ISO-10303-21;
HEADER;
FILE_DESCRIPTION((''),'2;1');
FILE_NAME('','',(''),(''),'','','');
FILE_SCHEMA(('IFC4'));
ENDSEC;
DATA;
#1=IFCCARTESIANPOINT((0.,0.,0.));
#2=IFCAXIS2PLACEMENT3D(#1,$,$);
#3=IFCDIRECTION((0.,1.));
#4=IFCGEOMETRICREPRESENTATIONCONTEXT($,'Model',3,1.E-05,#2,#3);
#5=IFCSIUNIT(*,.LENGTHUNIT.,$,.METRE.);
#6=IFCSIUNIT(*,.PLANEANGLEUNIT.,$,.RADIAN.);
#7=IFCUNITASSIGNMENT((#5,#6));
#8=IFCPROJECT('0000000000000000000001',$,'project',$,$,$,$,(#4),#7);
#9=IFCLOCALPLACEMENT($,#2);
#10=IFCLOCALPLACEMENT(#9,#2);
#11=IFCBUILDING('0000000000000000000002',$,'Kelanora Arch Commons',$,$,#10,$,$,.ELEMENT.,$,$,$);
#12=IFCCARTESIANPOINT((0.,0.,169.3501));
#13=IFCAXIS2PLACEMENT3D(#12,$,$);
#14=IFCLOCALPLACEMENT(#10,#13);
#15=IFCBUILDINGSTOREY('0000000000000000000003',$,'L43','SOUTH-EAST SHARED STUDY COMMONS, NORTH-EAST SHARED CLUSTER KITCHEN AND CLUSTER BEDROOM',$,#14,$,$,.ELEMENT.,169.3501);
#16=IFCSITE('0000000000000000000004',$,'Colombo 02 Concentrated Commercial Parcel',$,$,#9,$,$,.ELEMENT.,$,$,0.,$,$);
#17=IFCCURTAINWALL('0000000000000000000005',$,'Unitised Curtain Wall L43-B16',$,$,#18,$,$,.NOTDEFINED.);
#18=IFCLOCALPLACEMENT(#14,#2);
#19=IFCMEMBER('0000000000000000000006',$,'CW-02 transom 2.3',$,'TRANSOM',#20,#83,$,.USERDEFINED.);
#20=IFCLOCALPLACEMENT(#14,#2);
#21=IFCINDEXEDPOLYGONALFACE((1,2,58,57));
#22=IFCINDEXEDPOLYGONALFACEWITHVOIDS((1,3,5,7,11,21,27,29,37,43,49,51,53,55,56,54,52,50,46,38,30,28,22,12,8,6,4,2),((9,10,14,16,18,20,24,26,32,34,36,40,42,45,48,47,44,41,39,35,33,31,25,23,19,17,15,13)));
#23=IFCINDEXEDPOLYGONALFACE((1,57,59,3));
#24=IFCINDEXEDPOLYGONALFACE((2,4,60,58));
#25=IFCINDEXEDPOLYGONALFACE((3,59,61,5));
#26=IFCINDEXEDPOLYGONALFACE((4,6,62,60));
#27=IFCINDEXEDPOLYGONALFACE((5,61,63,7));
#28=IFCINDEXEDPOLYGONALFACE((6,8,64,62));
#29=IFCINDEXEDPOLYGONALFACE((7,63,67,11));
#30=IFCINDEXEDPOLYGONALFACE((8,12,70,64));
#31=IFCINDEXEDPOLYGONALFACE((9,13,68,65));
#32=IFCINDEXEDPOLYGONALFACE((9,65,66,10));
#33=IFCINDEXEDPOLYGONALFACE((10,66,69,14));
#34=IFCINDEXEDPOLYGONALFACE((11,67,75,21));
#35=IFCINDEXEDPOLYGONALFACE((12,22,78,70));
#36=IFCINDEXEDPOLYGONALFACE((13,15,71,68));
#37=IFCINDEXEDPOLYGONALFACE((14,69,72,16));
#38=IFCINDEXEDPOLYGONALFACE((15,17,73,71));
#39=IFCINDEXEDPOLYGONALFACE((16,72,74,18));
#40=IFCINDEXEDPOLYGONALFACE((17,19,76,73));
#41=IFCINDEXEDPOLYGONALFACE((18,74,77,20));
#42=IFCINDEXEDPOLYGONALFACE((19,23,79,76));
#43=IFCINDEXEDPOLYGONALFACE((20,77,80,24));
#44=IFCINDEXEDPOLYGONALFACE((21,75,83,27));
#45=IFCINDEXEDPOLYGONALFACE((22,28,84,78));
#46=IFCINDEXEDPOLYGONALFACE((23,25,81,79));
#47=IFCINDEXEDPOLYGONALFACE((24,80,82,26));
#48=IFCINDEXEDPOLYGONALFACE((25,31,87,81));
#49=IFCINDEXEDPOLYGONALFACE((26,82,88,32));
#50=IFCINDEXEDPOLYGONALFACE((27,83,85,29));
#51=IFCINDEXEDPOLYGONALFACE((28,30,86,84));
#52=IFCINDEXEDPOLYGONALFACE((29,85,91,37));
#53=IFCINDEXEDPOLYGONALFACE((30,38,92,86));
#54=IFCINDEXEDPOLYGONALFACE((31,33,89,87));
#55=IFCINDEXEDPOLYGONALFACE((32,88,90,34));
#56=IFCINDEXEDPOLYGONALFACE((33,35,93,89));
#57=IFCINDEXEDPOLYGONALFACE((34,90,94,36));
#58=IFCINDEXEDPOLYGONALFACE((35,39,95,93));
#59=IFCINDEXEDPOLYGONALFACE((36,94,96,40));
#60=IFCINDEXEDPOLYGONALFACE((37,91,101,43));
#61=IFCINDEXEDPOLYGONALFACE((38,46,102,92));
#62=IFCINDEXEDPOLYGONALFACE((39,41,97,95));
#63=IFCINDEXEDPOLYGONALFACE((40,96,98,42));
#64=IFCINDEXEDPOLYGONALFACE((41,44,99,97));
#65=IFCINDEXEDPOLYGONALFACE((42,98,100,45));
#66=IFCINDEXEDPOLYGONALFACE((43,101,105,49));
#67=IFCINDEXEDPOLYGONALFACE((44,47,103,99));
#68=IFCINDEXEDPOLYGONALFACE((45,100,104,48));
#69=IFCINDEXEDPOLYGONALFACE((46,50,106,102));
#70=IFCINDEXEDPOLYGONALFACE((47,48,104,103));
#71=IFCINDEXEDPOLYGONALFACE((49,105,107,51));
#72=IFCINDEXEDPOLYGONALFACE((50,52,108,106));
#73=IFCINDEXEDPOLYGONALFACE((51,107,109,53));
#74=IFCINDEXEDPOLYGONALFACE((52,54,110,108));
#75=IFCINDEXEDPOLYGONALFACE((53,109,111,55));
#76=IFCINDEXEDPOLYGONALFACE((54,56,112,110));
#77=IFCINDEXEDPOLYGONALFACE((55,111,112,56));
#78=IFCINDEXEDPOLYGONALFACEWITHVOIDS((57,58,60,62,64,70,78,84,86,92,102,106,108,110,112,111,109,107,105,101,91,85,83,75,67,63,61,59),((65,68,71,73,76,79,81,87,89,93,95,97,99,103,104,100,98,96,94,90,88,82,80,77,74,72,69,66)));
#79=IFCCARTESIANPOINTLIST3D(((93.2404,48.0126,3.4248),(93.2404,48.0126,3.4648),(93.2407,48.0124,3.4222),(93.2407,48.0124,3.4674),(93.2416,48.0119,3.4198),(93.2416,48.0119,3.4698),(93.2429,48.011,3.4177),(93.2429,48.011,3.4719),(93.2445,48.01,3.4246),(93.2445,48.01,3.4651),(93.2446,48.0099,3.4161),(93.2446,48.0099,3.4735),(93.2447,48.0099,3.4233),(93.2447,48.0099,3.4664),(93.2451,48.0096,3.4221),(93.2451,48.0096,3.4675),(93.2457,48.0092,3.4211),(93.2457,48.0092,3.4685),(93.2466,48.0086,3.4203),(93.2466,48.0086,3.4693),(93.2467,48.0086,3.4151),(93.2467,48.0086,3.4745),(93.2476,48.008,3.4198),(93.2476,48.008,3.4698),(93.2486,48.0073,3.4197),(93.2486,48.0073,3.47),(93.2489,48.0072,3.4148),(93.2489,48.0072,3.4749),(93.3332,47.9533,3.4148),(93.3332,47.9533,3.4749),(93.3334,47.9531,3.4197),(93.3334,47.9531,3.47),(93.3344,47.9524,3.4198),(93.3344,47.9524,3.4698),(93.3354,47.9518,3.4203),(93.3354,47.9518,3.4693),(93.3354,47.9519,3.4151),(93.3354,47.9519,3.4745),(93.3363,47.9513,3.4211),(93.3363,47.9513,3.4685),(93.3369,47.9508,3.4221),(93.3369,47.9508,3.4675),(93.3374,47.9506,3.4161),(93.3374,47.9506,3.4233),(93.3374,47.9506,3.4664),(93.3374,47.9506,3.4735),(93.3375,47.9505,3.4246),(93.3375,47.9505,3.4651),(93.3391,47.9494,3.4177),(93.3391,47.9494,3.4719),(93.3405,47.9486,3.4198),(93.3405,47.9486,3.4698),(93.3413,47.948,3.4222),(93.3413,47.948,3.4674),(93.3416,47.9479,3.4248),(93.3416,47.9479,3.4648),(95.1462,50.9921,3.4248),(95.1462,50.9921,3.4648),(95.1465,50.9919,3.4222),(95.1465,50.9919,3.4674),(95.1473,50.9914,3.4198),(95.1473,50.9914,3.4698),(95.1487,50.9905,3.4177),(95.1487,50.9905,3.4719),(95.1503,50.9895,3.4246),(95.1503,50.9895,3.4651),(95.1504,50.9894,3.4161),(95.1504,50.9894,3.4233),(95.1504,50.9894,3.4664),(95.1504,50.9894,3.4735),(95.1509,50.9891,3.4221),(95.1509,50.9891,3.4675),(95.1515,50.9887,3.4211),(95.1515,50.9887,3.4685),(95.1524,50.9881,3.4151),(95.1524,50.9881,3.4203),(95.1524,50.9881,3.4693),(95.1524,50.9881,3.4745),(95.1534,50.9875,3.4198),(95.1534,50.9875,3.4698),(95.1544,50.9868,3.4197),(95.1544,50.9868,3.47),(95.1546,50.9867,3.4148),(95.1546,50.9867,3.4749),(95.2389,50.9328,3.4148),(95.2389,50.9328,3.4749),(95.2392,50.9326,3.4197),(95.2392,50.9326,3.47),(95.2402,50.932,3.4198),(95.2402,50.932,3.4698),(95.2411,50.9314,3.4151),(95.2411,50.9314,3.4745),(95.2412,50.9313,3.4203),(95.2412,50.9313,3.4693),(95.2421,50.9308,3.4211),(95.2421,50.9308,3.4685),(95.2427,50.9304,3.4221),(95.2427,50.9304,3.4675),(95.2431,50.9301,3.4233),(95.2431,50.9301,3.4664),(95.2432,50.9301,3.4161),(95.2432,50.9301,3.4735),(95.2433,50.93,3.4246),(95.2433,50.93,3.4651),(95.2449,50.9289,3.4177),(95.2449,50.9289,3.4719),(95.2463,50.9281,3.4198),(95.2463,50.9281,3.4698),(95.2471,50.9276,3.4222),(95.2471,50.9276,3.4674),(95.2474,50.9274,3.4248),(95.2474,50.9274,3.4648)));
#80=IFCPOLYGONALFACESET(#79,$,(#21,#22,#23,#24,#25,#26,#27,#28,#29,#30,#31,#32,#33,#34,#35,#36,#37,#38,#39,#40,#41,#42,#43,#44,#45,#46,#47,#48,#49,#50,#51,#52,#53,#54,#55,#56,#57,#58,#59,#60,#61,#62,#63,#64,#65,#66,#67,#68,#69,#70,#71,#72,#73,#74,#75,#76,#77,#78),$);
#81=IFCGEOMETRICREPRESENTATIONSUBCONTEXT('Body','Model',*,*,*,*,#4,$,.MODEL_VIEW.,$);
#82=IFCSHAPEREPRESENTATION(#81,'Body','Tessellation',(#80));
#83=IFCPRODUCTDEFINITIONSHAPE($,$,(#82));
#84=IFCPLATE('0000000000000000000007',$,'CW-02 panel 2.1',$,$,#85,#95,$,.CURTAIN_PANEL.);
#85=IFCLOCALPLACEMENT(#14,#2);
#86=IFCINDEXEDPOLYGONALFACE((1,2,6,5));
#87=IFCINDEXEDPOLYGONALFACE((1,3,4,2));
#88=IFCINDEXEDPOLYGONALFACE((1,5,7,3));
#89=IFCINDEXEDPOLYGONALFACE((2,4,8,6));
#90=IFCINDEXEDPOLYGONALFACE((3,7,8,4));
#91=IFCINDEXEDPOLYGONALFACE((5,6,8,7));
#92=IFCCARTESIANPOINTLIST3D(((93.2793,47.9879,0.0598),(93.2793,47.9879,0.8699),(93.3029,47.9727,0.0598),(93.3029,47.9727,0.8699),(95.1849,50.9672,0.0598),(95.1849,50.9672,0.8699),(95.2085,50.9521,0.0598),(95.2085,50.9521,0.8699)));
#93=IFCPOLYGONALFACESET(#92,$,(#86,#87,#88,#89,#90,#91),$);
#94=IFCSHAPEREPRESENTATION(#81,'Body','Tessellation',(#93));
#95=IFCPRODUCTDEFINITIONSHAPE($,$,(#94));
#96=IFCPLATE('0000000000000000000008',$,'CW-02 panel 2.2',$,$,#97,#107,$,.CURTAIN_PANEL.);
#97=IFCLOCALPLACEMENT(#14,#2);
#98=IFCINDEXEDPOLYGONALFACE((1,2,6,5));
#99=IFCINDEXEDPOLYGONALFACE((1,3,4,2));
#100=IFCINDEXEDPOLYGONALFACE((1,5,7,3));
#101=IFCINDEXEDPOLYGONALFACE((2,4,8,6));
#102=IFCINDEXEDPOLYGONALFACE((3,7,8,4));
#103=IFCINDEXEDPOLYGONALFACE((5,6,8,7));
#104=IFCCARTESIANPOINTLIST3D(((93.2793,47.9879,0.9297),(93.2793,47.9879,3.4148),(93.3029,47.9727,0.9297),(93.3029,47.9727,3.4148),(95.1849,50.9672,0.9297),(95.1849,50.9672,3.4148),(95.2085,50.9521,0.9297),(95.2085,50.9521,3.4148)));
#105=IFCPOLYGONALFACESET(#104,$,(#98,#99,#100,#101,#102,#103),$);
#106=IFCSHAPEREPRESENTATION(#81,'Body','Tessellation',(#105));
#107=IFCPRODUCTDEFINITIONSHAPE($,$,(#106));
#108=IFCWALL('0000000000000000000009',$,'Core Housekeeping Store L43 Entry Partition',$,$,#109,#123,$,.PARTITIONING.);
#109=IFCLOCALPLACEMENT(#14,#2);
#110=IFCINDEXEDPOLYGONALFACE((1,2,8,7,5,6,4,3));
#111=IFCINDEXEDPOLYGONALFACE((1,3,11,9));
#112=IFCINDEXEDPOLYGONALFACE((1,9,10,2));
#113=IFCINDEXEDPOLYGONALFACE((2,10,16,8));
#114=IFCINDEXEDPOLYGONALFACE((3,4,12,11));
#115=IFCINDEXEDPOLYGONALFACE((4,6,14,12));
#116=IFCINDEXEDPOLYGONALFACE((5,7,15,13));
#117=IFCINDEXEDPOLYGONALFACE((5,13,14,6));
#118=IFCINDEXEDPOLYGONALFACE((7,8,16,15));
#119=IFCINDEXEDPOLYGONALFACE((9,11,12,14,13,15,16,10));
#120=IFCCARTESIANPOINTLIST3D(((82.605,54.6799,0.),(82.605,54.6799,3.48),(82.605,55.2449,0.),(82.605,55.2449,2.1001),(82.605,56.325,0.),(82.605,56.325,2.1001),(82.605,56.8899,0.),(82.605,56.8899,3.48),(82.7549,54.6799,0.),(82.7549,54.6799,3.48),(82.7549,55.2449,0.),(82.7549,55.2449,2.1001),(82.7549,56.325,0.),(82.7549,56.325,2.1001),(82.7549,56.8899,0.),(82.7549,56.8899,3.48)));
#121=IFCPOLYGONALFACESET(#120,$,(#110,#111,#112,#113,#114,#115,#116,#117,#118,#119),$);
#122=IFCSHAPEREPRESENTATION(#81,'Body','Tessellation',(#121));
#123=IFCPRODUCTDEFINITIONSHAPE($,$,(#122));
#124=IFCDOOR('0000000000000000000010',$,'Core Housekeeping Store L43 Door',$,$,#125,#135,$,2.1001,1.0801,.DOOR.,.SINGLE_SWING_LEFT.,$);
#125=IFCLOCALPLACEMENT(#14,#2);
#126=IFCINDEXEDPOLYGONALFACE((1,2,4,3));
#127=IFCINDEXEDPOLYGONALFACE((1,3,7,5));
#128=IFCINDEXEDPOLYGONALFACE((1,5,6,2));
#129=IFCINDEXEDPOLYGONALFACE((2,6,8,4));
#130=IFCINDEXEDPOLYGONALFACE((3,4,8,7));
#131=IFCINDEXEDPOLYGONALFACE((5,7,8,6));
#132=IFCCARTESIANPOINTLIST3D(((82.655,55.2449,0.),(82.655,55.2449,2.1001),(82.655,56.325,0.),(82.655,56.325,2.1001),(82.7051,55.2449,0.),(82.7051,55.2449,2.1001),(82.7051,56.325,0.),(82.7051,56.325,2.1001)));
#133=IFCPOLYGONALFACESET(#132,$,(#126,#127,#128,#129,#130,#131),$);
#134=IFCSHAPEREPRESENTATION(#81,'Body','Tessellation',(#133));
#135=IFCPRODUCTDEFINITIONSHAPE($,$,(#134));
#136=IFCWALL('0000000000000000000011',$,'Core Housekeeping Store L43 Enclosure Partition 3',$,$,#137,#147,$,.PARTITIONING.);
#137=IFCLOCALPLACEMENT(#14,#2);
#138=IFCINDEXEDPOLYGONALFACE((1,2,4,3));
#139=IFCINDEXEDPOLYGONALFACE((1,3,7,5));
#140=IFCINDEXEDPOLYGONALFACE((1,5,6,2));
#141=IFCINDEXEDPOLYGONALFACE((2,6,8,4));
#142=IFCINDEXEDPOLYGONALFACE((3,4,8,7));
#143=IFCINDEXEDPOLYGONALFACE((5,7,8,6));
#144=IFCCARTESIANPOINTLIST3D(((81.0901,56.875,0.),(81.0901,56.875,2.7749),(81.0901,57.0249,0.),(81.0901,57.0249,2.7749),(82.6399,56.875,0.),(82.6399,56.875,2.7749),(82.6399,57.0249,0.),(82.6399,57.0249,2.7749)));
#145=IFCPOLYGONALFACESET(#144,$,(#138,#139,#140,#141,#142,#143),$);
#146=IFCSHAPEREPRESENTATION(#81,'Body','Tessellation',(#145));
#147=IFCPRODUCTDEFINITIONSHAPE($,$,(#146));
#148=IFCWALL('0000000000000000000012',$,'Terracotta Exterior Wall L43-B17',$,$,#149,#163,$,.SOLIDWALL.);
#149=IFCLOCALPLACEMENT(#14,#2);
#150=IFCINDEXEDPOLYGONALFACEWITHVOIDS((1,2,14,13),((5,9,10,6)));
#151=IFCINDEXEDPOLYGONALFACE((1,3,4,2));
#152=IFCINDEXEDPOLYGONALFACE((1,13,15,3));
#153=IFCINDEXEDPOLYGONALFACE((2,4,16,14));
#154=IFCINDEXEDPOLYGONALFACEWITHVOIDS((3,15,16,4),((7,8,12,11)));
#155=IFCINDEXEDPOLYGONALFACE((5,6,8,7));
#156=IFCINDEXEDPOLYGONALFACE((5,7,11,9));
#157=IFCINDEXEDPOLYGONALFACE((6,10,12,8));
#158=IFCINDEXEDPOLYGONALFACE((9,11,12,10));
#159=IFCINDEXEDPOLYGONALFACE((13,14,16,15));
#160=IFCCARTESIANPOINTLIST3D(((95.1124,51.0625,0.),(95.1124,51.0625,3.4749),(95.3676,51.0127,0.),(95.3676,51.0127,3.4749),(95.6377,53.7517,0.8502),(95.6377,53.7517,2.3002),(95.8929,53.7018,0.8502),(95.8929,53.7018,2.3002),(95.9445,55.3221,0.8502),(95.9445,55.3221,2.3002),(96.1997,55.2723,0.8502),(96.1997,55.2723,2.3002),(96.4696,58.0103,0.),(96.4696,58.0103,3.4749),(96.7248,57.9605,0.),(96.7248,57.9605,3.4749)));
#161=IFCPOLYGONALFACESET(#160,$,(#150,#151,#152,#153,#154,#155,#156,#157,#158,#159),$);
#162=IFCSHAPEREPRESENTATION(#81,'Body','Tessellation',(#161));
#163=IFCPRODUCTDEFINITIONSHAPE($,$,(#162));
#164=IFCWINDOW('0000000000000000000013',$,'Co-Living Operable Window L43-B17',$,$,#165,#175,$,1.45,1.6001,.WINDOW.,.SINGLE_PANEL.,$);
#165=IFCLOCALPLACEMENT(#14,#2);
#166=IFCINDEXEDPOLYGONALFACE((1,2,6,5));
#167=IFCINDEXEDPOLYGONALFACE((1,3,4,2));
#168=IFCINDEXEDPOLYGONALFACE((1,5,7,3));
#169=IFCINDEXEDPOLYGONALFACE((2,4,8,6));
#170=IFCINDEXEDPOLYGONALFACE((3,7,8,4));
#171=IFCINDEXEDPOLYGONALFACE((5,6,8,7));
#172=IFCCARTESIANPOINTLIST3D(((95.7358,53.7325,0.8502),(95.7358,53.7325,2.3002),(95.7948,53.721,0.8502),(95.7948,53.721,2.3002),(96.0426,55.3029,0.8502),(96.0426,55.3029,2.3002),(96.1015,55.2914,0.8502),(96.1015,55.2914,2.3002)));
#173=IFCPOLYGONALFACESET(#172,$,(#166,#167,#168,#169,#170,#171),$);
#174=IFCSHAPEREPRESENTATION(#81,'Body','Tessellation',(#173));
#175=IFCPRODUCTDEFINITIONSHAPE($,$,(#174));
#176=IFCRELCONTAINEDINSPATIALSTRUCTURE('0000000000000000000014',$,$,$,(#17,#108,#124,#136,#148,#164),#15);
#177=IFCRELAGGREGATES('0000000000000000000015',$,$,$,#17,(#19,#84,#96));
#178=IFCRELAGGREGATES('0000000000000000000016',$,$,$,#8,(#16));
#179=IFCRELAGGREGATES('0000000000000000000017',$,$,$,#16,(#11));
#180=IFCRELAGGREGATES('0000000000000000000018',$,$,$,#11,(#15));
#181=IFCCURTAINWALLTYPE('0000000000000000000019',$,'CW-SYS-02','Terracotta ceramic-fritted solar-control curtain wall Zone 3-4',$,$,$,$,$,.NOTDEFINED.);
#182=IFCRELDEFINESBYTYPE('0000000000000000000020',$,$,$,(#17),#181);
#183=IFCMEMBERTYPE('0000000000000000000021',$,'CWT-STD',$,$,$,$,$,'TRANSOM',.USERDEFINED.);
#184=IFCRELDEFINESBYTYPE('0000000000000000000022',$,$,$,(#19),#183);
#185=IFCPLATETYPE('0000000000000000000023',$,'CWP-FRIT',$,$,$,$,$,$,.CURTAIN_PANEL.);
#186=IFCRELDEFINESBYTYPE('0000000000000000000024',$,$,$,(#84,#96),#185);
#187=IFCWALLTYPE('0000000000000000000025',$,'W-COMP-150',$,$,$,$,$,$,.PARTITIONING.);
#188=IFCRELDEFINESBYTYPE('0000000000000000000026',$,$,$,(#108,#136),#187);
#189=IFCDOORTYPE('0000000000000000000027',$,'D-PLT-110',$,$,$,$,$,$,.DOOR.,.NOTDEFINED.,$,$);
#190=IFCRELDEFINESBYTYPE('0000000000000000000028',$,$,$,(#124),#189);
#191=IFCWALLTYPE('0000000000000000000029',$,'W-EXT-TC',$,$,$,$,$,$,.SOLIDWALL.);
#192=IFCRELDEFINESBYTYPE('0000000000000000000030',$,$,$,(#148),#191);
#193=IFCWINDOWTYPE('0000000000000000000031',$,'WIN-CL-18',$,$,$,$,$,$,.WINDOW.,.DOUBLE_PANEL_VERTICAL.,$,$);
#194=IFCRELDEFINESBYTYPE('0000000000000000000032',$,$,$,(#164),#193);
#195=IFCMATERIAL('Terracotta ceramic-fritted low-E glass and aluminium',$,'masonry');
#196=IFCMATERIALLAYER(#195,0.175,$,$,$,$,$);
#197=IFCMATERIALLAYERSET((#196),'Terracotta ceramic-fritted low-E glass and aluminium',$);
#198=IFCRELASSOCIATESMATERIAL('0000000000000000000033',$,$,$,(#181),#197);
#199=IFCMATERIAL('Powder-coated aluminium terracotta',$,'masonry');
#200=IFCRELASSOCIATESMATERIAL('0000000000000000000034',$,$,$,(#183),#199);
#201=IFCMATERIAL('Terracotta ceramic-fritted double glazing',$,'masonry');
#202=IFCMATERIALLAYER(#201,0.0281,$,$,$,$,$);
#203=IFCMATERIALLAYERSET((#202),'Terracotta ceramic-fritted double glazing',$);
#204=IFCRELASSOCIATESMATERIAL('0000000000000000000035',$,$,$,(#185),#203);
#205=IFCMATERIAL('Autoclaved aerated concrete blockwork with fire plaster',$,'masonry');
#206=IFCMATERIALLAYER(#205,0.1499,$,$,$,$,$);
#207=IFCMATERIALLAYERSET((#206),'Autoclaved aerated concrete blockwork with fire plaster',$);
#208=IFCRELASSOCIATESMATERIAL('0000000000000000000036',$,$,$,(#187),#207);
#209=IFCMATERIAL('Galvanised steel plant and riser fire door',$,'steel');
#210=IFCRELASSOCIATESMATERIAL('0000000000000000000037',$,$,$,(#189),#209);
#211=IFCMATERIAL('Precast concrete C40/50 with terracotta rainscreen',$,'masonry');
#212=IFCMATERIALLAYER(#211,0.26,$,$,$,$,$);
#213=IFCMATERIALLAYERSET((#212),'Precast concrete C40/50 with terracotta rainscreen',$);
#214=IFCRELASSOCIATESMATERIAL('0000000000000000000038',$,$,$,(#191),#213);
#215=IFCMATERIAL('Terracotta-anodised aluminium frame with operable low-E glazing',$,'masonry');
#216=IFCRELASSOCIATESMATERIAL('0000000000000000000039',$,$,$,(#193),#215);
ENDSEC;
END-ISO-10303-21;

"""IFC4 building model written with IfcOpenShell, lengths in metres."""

from ifc_helpers import new_model, si_unit, direction, frame, frame_2d, origin, origin_2d, place, context, subcontext, project, spatial, rectangle, hollow_rectangle, extrude, source, transform, mapped, material, layer, layer_set, material_profile, profile_set, type_object, element, fill, aggregate, save


model = new_model("IFC4")

# Units and contexts
model_context = context("Model", 3, precision=1e-05, world=origin(), true_north=direction((0.0, 1.0)))
body_context = subcontext(model_context, "Body", "Model", "MODEL_VIEW")
ifc_project = project(units=[si_unit("LENGTHUNIT", "METRE"), si_unit("PLANEANGLEUNIT", "RADIAN")], contexts=[model_context])

# Site, building, storey
site_placement = place(None, origin())
site = spatial("IfcSite", under=ifc_project, at=site_placement, Name="Colombo 02 Concentrated Commercial Parcel", CompositionType="ELEMENT", RefElevation=0.0)
building_placement = place(site_placement, origin())
building = spatial("IfcBuilding", under=site, at=building_placement, Name="Kelanora Arch Commons", CompositionType="ELEMENT")
storey_placement = place(building_placement, frame((0.0, 0.0, 169.3501)))
storey = spatial("IfcBuildingStorey", under=building, at=storey_placement, Name="L43", Description="SOUTH-EAST SHARED STUDY COMMONS, NORTH-EAST SHARED CLUSTER KITCHEN AND CLUSTER BEDROOM", CompositionType="ELEMENT", Elevation=169.3501)

# Curtain wall, member, plates
ifc_material_1 = material(Name="Terracotta ceramic-fritted low-E glass and aluminium", Category="masonry")
ifc_layer_1 = layer(ifc_material_1, 0.175)
ifc_layer_set_1 = layer_set([ifc_layer_1], Name="Terracotta ceramic-fritted low-E glass and aluminium")
curtain_wall_type = type_object("IfcCurtainWallType", Name="CW-SYS-02", Description="Terracotta ceramic-fritted solar-control curtain wall Zone 3-4", PredefinedType="NOTDEFINED", material=ifc_layer_set_1)
curtain_wall_placement = place(storey_placement, origin())
curtain_wall = element("IfcCurtainWall", 1, at=curtain_wall_placement, inside=storey, type_object=curtain_wall_type, Name="Unitised Curtain Wall L43-B16", PredefinedType="NOTDEFINED")
ifc_material_2 = material(Name="Powder-coated aluminium terracotta", Category="masonry")
ifc_material_profile_1 = material_profile(ifc_material_2, hollow_rectangle(XDim=0.1201, YDim=0.0601, WallThickness=0.0049, InnerFilletRadius=0.0049, OuterFilletRadius=0.01, at=origin_2d()), Name="CWT120x60")
ifc_profile_set_1 = profile_set([ifc_material_profile_1], Name="Powder-coated aluminium terracotta")
member_type_1 = type_object("IfcMemberType", Name="CWT-STD", ElementType="TRANSOM", PredefinedType="USERDEFINED", material=ifc_profile_set_1)
member_1_placement = place(storey_placement, frame((93.291, 47.9802, 3.4448), z_axis=(0.53883, 0.842414, 0.0), x_axis=(-0.842414, 0.53883, 0.0)))
member_1 = element("IfcMember", 2, at=member_1_placement, type_object=member_type_1, Name="CW-02 transom 2.3", ObjectType="TRANSOM", PredefinedType="USERDEFINED", context=body_context, shape_type="SweptSolid", body=[
    extrude(hollow_rectangle(XDim=0.1201, YDim=0.0601, WallThickness=0.0049, InnerFilletRadius=0.0049, OuterFilletRadius=0.01, at=origin_2d()), origin(), (0.0, 0.0, 1.0), 3.5369),
])
ifc_material_3 = material(Name="Terracotta ceramic-fritted double glazing", Category="masonry")
ifc_layer_2 = layer(ifc_material_3, 0.0281)
ifc_layer_set_2 = layer_set([ifc_layer_2], Name="Terracotta ceramic-fritted double glazing")
plate_type = type_object("IfcPlateType", Name="CWP-FRIT", PredefinedType="CURTAIN_PANEL", material=ifc_layer_set_2)
shared_shape_1 = source(origin(), body_context, "Body", "SweptSolid", [
    extrude(rectangle(XDim=3.5366, YDim=0.0281, at=origin_2d()), origin(), (0.0, 0.0, 1.0), 0.8101),
])
plate_1_placement = place(storey_placement, frame((94.2439, 49.47, 0.0598), z_axis=(0.0, 0.0, 1.0), x_axis=(0.538817, 0.842423, 0.0)))
plate_1 = element("IfcPlate", 3, at=plate_1_placement, type_object=plate_type, Name="CW-02 panel 2.1", PredefinedType="CURTAIN_PANEL", context=body_context, shape_type="MappedRepresentation", body=[
    mapped(shared_shape_1, transform((0.0, 0.0, 0.0), scale=1.0)),
])
shared_shape_2 = source(origin(), body_context, "Body", "SweptSolid", [
    extrude(rectangle(XDim=3.5366, YDim=0.0281, at=origin_2d()), origin(), (0.0, 0.0, 1.0), 2.4851),
])
plate_2_placement = place(storey_placement, frame((94.2439, 49.47, 0.9297), z_axis=(0.0, 0.0, 1.0), x_axis=(0.538817, 0.842423, 0.0)))
plate_2 = element("IfcPlate", 4, at=plate_2_placement, type_object=plate_type, Name="CW-02 panel 2.2", PredefinedType="CURTAIN_PANEL", context=body_context, shape_type="MappedRepresentation", body=[
    mapped(shared_shape_2, transform((0.0, 0.0, 0.0), scale=1.0)),
])
aggregate(curtain_wall, [member_1, plate_1, plate_2])

# Wall, opening, door
ifc_material_4 = material(Name="Autoclaved aerated concrete blockwork with fire plaster", Category="masonry")
ifc_layer_3 = layer(ifc_material_4, 0.1499)
ifc_layer_set_3 = layer_set([ifc_layer_3], Name="Autoclaved aerated concrete blockwork with fire plaster")
wall_type_1 = type_object("IfcWallType", Name="W-COMP-150", PredefinedType="PARTITIONING", material=ifc_layer_set_3)
wall_1_placement = place(storey_placement, frame((82.6799, 54.6799, 0.0), z_axis=(0.0, 0.0, 1.0), x_axis=(0.0, 1.0, 0.0)))
wall_1 = element("IfcWall", 5, at=wall_1_placement, inside=storey, type_object=wall_type_1, Name="Core Housekeeping Store L43 Entry Partition", PredefinedType="PARTITIONING", context=body_context, shape_type="SweptSolid", body=[
    extrude(rectangle(XDim=2.21, YDim=0.1499, at=frame_2d((1.105, 0.0))), origin(), (0.0, 0.0, 1.0), 3.48),
])
opening_1_placement = place(wall_1_placement, frame((0.5649, 0.0, 0.0)))
opening_1 = element("IfcOpeningElement", 6, at=opening_1_placement, cuts=wall_1, PredefinedType="OPENING", context=body_context, shape_type="SweptSolid", body=[
    extrude(rectangle(XDim=1.0801, YDim=2.1001, at=frame_2d((0.54, 1.05))), frame((0.0, 0.085, 0.0), z_axis=(0.0, -1.0, 0.0), x_axis=(1.0, 0.0, 0.0)), (0.0, 0.0, 1.0), 0.1699),
])
ifc_material_5 = material(Name="Galvanised steel plant and riser fire door", Category="steel")
door_type = type_object("IfcDoorType", Name="D-PLT-110", OperationType="NOTDEFINED", PredefinedType="DOOR", material=ifc_material_5)
door_placement = place(opening_1_placement, origin())
door = element("IfcDoor", 7, at=door_placement, inside=storey, type_object=door_type, Name="Core Housekeeping Store L43 Door", OperationType="SINGLE_SWING_LEFT", OverallHeight=2.1001, OverallWidth=1.0801, PredefinedType="DOOR", context=body_context, shape_type="SweptSolid", body=[
    extrude(rectangle(XDim=1.0801, YDim=2.1001, at=frame_2d((0.54, 1.05))), frame((0.0, 0.0249, 0.0), z_axis=(0.0, -1.0, 0.0), x_axis=(1.0, 0.0, 0.0)), (0.0, 0.0, 1.0), 0.05),
])
fill(opening_1, door)

# Wall
wall_2_placement = place(storey_placement, frame((82.6399, 56.95, 0.0), z_axis=(0.0, 0.0, 1.0), x_axis=(-1.0, 0.0, 0.0)))
element("IfcWall", 8, at=wall_2_placement, inside=storey, type_object=wall_type_1, Name="Core Housekeeping Store L43 Enclosure Partition 3", PredefinedType="PARTITIONING", context=body_context, shape_type="SweptSolid", body=[
    extrude(rectangle(XDim=1.5498, YDim=0.1499, at=frame_2d((0.7749, 0.0))), origin(), (0.0, 0.0, 1.0), 2.7749),
])

# Wall, opening, window
ifc_material_6 = material(Name="Precast concrete C40/50 with terracotta rainscreen", Category="masonry")
ifc_layer_4 = layer(ifc_material_6, 0.26)
ifc_layer_set_4 = layer_set([ifc_layer_4], Name="Precast concrete C40/50 with terracotta rainscreen")
wall_type_2 = type_object("IfcWallType", Name="W-EXT-TC", PredefinedType="SOLIDWALL", material=ifc_layer_set_4)
wall_3_placement = place(storey_placement, frame((95.24, 51.0376, 0.0), z_axis=(0.0, 0.0, 1.0), x_axis=(0.191717, 0.98145, 0.0)))
wall_3 = element("IfcWall", 9, at=wall_3_placement, inside=storey, type_object=wall_type_2, Name="Terracotta Exterior Wall L43-B17", PredefinedType="SOLIDWALL", context=body_context, shape_type="SweptSolid", body=[
    extrude(rectangle(XDim=7.0791, YDim=0.26, at=frame_2d((3.5396, 0.0))), origin(), (0.0, 0.0, 1.0), 3.4749),
])
opening_2_placement = place(wall_3_placement, frame((2.74, 0.0, 0.8501)))
opening_2 = element("IfcOpeningElement", 10, at=opening_2_placement, cuts=wall_3, PredefinedType="OPENING", context=body_context, shape_type="SweptSolid", body=[
    extrude(rectangle(XDim=1.6001, YDim=1.45, at=frame_2d((0.8, 0.7251))), frame((0.0, 0.1401, 0.0), z_axis=(0.0, -1.0, 0.0), x_axis=(1.0, 0.0, 0.0)), (0.0, 0.0, 1.0), 0.28),
])
ifc_material_7 = material(Name="Terracotta-anodised aluminium frame with operable low-E glazing", Category="masonry")
window_type = type_object("IfcWindowType", Name="WIN-CL-18", PartitioningType="DOUBLE_PANEL_VERTICAL", PredefinedType="WINDOW", material=ifc_material_7)
window_placement = place(opening_2_placement, origin())
window = element("IfcWindow", 11, at=window_placement, inside=storey, type_object=window_type, Name="Co-Living Operable Window L43-B17", OverallHeight=1.45, OverallWidth=1.6001, PartitioningType="SINGLE_PANEL", PredefinedType="WINDOW", context=body_context, shape_type="SweptSolid", body=[
    extrude(rectangle(XDim=1.6001, YDim=1.45, at=frame_2d((0.8, 0.7251))), frame((0.0, 0.03, 0.0), z_axis=(0.0, -1.0, 0.0), x_axis=(1.0, 0.0, 0.0)), (0.0, 0.0, 1.0), 0.0601),
])
fill(opening_2, window)

save(model, "model.ifc")
